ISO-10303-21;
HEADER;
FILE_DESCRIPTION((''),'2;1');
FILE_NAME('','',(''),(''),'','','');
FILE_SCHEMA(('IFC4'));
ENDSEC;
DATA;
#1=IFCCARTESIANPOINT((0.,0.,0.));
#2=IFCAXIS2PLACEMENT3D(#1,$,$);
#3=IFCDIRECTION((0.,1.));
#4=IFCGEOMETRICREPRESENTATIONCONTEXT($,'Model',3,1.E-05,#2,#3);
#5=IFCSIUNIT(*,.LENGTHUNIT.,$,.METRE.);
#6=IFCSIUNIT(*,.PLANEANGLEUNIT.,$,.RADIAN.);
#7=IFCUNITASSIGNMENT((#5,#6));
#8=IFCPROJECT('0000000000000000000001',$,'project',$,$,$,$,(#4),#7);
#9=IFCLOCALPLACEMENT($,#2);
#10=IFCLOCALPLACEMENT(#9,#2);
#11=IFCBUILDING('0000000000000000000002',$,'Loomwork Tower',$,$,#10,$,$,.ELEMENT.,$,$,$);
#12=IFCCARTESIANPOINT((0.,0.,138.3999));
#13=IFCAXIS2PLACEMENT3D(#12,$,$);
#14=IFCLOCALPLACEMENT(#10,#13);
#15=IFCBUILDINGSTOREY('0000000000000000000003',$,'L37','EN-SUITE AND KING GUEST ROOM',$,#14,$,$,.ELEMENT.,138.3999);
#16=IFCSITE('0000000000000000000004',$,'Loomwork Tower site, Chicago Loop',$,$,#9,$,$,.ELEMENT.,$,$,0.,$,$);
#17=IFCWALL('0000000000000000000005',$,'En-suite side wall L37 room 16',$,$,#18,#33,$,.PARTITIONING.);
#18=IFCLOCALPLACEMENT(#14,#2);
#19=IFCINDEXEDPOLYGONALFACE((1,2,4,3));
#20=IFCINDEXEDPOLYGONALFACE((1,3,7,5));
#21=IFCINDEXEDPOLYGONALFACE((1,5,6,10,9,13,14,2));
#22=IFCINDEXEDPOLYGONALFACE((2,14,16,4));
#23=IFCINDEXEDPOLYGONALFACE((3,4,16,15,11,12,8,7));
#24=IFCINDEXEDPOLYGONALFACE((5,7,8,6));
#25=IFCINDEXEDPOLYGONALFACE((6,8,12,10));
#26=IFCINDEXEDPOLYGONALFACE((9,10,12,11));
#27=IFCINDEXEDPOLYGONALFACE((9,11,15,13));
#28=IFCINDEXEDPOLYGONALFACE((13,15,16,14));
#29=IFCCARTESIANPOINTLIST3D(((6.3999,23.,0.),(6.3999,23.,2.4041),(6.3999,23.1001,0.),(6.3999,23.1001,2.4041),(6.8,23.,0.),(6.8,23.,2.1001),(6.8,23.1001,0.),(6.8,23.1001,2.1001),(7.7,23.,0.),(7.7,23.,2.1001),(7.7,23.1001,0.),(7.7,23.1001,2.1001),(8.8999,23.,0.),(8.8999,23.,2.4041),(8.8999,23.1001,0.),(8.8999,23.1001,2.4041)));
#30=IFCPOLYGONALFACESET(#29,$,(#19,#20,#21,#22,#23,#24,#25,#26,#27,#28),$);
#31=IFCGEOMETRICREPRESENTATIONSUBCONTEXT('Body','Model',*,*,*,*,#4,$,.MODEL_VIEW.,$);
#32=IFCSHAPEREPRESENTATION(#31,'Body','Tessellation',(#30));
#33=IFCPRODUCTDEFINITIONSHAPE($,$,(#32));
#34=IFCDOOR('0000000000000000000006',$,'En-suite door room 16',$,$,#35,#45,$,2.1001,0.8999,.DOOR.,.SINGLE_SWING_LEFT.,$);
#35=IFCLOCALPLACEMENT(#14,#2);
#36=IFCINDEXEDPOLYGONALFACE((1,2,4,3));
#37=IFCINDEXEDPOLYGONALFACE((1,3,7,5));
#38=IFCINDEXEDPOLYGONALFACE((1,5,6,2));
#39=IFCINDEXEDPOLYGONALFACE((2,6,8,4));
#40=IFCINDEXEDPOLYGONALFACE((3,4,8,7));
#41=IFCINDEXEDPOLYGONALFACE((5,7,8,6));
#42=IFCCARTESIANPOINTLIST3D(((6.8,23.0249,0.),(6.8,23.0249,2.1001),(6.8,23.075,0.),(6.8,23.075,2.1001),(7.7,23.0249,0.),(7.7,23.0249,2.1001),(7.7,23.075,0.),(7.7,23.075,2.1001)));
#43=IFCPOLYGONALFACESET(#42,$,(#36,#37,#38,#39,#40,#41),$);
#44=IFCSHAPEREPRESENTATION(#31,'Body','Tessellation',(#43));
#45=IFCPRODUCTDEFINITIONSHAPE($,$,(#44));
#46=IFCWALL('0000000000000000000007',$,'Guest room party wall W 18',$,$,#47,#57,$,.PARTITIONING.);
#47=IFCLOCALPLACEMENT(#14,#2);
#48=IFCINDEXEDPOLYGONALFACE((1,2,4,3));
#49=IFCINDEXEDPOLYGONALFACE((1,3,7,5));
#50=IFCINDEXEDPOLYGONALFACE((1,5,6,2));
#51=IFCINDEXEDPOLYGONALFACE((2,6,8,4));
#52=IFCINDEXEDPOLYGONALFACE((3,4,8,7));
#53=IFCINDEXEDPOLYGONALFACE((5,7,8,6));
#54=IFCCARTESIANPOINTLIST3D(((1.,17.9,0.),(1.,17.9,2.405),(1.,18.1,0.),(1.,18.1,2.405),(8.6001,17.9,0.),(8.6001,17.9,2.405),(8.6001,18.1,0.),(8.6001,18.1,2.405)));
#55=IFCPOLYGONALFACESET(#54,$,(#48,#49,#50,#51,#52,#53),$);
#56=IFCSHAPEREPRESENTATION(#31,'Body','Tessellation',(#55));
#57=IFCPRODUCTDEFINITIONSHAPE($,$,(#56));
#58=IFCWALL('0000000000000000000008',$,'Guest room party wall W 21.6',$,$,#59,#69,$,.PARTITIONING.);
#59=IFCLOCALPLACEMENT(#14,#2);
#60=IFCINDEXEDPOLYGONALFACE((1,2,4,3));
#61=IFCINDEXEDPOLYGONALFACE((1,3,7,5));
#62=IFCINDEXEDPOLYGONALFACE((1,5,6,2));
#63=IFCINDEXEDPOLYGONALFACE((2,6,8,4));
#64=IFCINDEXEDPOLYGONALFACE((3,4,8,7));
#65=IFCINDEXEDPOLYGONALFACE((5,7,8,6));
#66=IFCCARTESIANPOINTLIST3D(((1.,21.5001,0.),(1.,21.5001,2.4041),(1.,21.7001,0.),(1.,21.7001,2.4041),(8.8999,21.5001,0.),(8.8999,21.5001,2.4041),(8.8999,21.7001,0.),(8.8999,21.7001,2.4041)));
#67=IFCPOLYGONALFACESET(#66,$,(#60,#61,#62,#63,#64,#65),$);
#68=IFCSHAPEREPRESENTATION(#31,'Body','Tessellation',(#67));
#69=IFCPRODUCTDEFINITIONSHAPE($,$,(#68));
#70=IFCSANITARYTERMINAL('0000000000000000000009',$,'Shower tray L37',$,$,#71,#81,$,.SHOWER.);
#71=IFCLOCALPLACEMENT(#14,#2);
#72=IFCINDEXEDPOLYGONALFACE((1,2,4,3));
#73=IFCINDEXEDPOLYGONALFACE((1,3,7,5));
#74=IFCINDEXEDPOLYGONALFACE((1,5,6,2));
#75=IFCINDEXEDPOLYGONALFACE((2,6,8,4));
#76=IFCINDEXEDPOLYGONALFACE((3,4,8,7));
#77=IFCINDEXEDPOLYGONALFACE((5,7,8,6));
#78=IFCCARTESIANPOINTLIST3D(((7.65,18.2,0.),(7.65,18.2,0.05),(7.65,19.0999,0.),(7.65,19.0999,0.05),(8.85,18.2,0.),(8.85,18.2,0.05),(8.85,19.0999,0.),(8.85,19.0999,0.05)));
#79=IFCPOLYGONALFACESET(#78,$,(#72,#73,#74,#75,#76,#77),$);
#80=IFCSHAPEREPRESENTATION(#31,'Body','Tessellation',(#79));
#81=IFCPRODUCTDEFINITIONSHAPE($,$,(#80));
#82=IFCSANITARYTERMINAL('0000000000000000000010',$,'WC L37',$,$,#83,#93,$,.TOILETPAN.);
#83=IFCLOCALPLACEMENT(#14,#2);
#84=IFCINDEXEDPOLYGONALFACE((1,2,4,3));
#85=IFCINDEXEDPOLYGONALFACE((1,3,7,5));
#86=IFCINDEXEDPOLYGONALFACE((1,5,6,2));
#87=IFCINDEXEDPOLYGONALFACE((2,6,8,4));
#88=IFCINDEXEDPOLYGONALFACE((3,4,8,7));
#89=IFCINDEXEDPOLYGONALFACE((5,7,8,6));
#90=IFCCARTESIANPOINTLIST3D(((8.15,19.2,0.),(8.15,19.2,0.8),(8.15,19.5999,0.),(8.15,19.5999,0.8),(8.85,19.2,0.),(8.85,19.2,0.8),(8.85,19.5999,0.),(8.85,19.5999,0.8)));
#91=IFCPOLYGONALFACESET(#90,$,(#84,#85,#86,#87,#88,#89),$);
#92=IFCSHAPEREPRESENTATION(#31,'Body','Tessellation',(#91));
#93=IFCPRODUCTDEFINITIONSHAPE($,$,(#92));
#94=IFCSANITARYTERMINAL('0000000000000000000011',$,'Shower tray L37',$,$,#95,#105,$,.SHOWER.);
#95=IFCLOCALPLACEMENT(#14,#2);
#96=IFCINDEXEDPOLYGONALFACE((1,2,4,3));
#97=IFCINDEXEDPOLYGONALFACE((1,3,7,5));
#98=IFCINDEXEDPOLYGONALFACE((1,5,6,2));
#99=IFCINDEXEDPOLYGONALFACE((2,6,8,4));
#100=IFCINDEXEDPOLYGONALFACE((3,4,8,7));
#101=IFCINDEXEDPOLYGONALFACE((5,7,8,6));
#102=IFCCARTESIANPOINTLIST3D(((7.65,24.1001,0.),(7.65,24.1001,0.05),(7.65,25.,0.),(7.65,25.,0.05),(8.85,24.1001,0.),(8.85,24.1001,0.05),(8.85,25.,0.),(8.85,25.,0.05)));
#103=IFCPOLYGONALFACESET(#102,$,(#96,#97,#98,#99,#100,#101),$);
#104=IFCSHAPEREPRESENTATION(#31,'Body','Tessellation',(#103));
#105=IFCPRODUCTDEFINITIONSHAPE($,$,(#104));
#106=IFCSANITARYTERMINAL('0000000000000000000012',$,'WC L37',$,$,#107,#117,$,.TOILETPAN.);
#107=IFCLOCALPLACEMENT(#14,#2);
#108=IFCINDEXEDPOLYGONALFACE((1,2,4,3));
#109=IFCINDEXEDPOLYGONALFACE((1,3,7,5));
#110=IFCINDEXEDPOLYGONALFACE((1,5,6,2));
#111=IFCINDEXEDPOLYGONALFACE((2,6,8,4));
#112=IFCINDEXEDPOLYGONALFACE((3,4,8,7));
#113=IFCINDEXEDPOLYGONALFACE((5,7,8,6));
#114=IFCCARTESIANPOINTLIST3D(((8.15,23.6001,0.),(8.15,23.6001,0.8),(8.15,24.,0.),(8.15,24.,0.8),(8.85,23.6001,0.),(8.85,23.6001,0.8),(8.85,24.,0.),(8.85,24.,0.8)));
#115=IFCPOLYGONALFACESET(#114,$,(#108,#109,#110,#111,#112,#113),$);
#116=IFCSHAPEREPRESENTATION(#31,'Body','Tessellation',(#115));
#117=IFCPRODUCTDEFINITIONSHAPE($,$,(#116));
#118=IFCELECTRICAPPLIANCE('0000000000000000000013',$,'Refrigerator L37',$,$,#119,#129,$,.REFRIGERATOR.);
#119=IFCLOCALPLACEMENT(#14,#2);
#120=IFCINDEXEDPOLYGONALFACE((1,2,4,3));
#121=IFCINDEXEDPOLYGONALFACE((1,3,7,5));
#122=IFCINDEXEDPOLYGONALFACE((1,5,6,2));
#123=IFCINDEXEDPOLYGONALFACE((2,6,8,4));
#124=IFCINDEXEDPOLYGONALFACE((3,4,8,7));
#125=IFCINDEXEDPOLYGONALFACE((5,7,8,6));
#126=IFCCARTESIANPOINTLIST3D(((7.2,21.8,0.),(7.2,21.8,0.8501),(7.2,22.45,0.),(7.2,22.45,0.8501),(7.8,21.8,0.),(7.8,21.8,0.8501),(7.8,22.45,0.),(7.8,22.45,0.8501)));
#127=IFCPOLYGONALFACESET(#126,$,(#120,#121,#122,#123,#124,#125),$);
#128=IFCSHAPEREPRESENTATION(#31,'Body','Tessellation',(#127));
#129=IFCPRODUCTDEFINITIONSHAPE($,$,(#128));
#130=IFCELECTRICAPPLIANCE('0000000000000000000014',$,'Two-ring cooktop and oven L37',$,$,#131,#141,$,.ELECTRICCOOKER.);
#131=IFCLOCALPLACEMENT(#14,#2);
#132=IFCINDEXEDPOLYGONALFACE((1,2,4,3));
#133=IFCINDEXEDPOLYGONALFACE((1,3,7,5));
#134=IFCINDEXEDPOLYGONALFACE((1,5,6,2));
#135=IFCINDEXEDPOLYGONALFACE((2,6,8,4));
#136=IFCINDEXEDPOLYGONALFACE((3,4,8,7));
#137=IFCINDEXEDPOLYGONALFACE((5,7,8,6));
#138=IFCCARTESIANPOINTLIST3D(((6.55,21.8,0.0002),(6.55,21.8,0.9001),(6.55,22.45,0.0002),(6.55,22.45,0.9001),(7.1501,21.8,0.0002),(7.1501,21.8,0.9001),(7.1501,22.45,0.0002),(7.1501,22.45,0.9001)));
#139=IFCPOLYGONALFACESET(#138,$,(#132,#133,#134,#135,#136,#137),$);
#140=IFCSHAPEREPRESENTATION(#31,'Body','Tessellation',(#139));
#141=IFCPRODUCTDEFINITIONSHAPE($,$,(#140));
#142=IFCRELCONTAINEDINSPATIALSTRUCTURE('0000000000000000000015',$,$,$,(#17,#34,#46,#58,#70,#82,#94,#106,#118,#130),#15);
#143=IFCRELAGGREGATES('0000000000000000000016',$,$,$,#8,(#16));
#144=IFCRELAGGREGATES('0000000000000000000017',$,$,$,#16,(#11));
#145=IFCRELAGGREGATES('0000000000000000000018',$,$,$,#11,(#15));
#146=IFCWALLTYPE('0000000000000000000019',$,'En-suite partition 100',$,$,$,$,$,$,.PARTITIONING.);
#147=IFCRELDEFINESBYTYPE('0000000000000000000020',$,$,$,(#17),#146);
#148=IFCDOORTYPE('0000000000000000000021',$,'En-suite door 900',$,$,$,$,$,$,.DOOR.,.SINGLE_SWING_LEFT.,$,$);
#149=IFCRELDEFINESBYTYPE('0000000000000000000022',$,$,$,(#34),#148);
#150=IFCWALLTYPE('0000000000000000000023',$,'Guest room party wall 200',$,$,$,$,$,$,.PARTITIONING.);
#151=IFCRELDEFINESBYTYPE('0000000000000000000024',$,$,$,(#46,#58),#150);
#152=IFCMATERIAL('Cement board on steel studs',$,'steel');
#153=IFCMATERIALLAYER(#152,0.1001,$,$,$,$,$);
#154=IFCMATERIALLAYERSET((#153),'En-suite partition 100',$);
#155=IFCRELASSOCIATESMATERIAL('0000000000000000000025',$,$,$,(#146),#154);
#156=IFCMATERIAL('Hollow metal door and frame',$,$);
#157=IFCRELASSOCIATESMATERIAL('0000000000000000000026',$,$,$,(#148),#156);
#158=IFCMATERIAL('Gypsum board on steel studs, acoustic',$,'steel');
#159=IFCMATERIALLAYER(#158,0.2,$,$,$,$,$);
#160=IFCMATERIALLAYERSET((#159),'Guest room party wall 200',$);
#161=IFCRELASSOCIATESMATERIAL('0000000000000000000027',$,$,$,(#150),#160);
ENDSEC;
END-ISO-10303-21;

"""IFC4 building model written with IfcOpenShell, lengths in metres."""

from ifc_helpers import new_model, si_unit, direction, frame, frame_2d, origin, origin_2d, place, context, subcontext, project, spatial, rectangle, extrude, material, layer, layer_set, type_object, element, fill, save


model = new_model("IFC4")

# Units and contexts
model_context = context("Model", 3, precision=1e-05, world=origin(), true_north=direction((0.0, 1.0)))
body_context = subcontext(model_context, "Body", "Model", "MODEL_VIEW")
ifc_project = project(units=[si_unit("LENGTHUNIT", "METRE"), si_unit("PLANEANGLEUNIT", "RADIAN")], contexts=[model_context])

# Site, building, storey
site_placement = place(None, origin())
site = spatial("IfcSite", under=ifc_project, at=site_placement, Name="Loomwork Tower site, Chicago Loop", CompositionType="ELEMENT", RefElevation=0.0)
building_placement = place(site_placement, origin())
building = spatial("IfcBuilding", under=site, at=building_placement, Name="Loomwork Tower", CompositionType="ELEMENT")
storey_placement = place(building_placement, frame((0.0, 0.0, 138.3999)))
storey = spatial("IfcBuildingStorey", under=building, at=storey_placement, Name="L37", Description="EN-SUITE AND KING GUEST ROOM", CompositionType="ELEMENT", Elevation=138.3999)

# Wall, opening, door
ifc_material_1 = material(Name="Cement board on steel studs", Category="steel")
ifc_layer_1 = layer(ifc_material_1, 0.1001)
ifc_layer_set_1 = layer_set([ifc_layer_1], Name="En-suite partition 100")
wall_type_1 = type_object("IfcWallType", Name="En-suite partition 100", PredefinedType="PARTITIONING", material=ifc_layer_set_1)
ifc_material_2 = material(Name="Hollow metal door and frame")
door_type_1 = type_object("IfcDoorType", Name="En-suite door 900", OperationType="SINGLE_SWING_LEFT", PredefinedType="DOOR", material=ifc_material_2)
wall_1_placement = place(storey_placement, frame((8.8999, 23.05, 0.0), z_axis=(0.0, 0.0, 1.0), x_axis=(-1.0, 0.0, 0.0)))
wall_1 = element("IfcWall", 1, at=wall_1_placement, inside=storey, type_object=wall_type_1, Name="En-suite side wall L37 room 16", PredefinedType="PARTITIONING", context=body_context, shape_type="SweptSolid", body=[
    extrude(rectangle(XDim=2.5, YDim=0.1001, at=frame_2d((1.25, 0.0))), origin(), (0.0, 0.0, 1.0), 2.4041),
])
opening_1_placement = place(wall_1_placement, frame((1.2, 0.0, 0.0)))
opening_1 = element("IfcOpeningElement", 2, at=opening_1_placement, cuts=wall_1, PredefinedType="OPENING", context=body_context, shape_type="SweptSolid", body=[
    extrude(rectangle(XDim=0.8999, YDim=2.1001, at=frame_2d((0.45, 1.05))), frame((0.0, 0.0601, 0.0), z_axis=(0.0, -1.0, 0.0), x_axis=(1.0, 0.0, 0.0)), (0.0, 0.0, 1.0), 0.1201),
])
door_1_placement = place(opening_1_placement, frame((0.8999, 0.0, 0.0), z_axis=(0.0, 0.0, 1.0), x_axis=(-1.0, 0.0, 0.0)))
door_1 = element("IfcDoor", 3, at=door_1_placement, inside=storey, type_object=door_type_1, Name="En-suite door room 16", OperationType="SINGLE_SWING_LEFT", OverallHeight=2.1001, OverallWidth=0.8999, PredefinedType="DOOR", context=body_context, shape_type="SweptSolid", body=[
    extrude(rectangle(XDim=0.8999, YDim=2.1001, at=frame_2d((0.45, 1.05))), frame((0.0, 0.0249, 0.0), z_axis=(0.0, -1.0, 0.0), x_axis=(1.0, 0.0, 0.0)), (0.0, 0.0, 1.0), 0.05),
])
fill(opening_1, door_1)

# Walls
ifc_material_3 = material(Name="Gypsum board on steel studs, acoustic", Category="steel")
ifc_layer_2 = layer(ifc_material_3, 0.2)
ifc_layer_set_2 = layer_set([ifc_layer_2], Name="Guest room party wall 200")
wall_type_2 = type_object("IfcWallType", Name="Guest room party wall 200", PredefinedType="PARTITIONING", material=ifc_layer_set_2)
wall_2_placement = place(storey_placement, frame((8.6001, 18.0, 0.0), z_axis=(0.0, 0.0, 1.0), x_axis=(-1.0, 0.0, 0.0)))
element("IfcWall", 4, at=wall_2_placement, inside=storey, type_object=wall_type_2, Name="Guest room party wall W 18", PredefinedType="PARTITIONING", context=body_context, shape_type="SweptSolid", body=[
    extrude(rectangle(XDim=7.6001, YDim=0.2, at=frame_2d((3.8, 0.0))), origin(), (0.0, 0.0, 1.0), 2.405),
])
wall_3_placement = place(storey_placement, frame((8.8999, 21.6001, 0.0), z_axis=(0.0, 0.0, 1.0), x_axis=(-1.0, 0.0, 0.0)))
element("IfcWall", 5, at=wall_3_placement, inside=storey, type_object=wall_type_2, Name="Guest room party wall W 21.6", PredefinedType="PARTITIONING", context=body_context, shape_type="SweptSolid", body=[
    extrude(rectangle(XDim=7.8999, YDim=0.2, at=frame_2d((3.95, 0.0))), origin(), (0.0, 0.0, 1.0), 2.4041),
])

# Sanitary terminals
sanitary_terminal_1_placement = place(storey_placement, frame((8.25, 18.6499, 0.0), z_axis=(0.0, 0.0, 1.0), x_axis=(1.0, 0.0, 0.0)))
element("IfcSanitaryTerminal", 6, at=sanitary_terminal_1_placement, inside=storey, Name="Shower tray L37", PredefinedType="SHOWER", context=body_context, shape_type="SweptSolid", body=[
    extrude(rectangle(XDim=1.2, YDim=0.8999, at=origin_2d()), origin(), (0.0, 0.0, 1.0), 0.05),
])
sanitary_terminal_2_placement = place(storey_placement, frame((8.5, 19.3999, 0.0), z_axis=(0.0, 0.0, 1.0), x_axis=(1.0, 0.0, 0.0)))
element("IfcSanitaryTerminal", 7, at=sanitary_terminal_2_placement, inside=storey, Name="WC L37", PredefinedType="TOILETPAN", context=body_context, shape_type="SweptSolid", body=[
    extrude(rectangle(XDim=0.7, YDim=0.3999, at=origin_2d()), origin(), (0.0, 0.0, 1.0), 0.8),
])
sanitary_terminal_3_placement = place(storey_placement, frame((8.25, 24.55, 0.0), z_axis=(0.0, 0.0, 1.0), x_axis=(1.0, 0.0, 0.0)))
element("IfcSanitaryTerminal", 8, at=sanitary_terminal_3_placement, inside=storey, Name="Shower tray L37", PredefinedType="SHOWER", context=body_context, shape_type="SweptSolid", body=[
    extrude(rectangle(XDim=1.2, YDim=0.8999, at=origin_2d()), origin(), (0.0, 0.0, 1.0), 0.05),
])
sanitary_terminal_4_placement = place(storey_placement, frame((8.5, 23.8, 0.0), z_axis=(0.0, 0.0, 1.0), x_axis=(1.0, 0.0, 0.0)))
element("IfcSanitaryTerminal", 9, at=sanitary_terminal_4_placement, inside=storey, Name="WC L37", PredefinedType="TOILETPAN", context=body_context, shape_type="SweptSolid", body=[
    extrude(rectangle(XDim=0.7, YDim=0.3999, at=origin_2d()), origin(), (0.0, 0.0, 1.0), 0.8),
])

# Electric appliances
electric_appliance_1_placement = place(storey_placement, frame((7.5, 22.125, 0.0), z_axis=(0.0, 0.0, 1.0), x_axis=(1.0, 0.0, 0.0)))
element("IfcElectricAppliance", 10, at=electric_appliance_1_placement, inside=storey, Name="Refrigerator L37", PredefinedType="REFRIGERATOR", context=body_context, shape_type="SweptSolid", body=[
    extrude(rectangle(XDim=0.6001, YDim=0.6499, at=origin_2d()), origin(), (0.0, 0.0, 1.0), 0.8501),
])
electric_appliance_2_placement = place(storey_placement, frame((6.8501, 22.125, 0.0002), z_axis=(0.0, 0.0, 1.0), x_axis=(1.0, 0.0, 0.0)))
element("IfcElectricAppliance", 11, at=electric_appliance_2_placement, inside=storey, Name="Two-ring cooktop and oven L37", PredefinedType="ELECTRICCOOKER", context=body_context, shape_type="SweptSolid", body=[
    extrude(rectangle(XDim=0.6001, YDim=0.6499, at=origin_2d()), origin(), (0.0, 0.0, 1.0), 0.8999),
])

save(model, "model.ifc")
